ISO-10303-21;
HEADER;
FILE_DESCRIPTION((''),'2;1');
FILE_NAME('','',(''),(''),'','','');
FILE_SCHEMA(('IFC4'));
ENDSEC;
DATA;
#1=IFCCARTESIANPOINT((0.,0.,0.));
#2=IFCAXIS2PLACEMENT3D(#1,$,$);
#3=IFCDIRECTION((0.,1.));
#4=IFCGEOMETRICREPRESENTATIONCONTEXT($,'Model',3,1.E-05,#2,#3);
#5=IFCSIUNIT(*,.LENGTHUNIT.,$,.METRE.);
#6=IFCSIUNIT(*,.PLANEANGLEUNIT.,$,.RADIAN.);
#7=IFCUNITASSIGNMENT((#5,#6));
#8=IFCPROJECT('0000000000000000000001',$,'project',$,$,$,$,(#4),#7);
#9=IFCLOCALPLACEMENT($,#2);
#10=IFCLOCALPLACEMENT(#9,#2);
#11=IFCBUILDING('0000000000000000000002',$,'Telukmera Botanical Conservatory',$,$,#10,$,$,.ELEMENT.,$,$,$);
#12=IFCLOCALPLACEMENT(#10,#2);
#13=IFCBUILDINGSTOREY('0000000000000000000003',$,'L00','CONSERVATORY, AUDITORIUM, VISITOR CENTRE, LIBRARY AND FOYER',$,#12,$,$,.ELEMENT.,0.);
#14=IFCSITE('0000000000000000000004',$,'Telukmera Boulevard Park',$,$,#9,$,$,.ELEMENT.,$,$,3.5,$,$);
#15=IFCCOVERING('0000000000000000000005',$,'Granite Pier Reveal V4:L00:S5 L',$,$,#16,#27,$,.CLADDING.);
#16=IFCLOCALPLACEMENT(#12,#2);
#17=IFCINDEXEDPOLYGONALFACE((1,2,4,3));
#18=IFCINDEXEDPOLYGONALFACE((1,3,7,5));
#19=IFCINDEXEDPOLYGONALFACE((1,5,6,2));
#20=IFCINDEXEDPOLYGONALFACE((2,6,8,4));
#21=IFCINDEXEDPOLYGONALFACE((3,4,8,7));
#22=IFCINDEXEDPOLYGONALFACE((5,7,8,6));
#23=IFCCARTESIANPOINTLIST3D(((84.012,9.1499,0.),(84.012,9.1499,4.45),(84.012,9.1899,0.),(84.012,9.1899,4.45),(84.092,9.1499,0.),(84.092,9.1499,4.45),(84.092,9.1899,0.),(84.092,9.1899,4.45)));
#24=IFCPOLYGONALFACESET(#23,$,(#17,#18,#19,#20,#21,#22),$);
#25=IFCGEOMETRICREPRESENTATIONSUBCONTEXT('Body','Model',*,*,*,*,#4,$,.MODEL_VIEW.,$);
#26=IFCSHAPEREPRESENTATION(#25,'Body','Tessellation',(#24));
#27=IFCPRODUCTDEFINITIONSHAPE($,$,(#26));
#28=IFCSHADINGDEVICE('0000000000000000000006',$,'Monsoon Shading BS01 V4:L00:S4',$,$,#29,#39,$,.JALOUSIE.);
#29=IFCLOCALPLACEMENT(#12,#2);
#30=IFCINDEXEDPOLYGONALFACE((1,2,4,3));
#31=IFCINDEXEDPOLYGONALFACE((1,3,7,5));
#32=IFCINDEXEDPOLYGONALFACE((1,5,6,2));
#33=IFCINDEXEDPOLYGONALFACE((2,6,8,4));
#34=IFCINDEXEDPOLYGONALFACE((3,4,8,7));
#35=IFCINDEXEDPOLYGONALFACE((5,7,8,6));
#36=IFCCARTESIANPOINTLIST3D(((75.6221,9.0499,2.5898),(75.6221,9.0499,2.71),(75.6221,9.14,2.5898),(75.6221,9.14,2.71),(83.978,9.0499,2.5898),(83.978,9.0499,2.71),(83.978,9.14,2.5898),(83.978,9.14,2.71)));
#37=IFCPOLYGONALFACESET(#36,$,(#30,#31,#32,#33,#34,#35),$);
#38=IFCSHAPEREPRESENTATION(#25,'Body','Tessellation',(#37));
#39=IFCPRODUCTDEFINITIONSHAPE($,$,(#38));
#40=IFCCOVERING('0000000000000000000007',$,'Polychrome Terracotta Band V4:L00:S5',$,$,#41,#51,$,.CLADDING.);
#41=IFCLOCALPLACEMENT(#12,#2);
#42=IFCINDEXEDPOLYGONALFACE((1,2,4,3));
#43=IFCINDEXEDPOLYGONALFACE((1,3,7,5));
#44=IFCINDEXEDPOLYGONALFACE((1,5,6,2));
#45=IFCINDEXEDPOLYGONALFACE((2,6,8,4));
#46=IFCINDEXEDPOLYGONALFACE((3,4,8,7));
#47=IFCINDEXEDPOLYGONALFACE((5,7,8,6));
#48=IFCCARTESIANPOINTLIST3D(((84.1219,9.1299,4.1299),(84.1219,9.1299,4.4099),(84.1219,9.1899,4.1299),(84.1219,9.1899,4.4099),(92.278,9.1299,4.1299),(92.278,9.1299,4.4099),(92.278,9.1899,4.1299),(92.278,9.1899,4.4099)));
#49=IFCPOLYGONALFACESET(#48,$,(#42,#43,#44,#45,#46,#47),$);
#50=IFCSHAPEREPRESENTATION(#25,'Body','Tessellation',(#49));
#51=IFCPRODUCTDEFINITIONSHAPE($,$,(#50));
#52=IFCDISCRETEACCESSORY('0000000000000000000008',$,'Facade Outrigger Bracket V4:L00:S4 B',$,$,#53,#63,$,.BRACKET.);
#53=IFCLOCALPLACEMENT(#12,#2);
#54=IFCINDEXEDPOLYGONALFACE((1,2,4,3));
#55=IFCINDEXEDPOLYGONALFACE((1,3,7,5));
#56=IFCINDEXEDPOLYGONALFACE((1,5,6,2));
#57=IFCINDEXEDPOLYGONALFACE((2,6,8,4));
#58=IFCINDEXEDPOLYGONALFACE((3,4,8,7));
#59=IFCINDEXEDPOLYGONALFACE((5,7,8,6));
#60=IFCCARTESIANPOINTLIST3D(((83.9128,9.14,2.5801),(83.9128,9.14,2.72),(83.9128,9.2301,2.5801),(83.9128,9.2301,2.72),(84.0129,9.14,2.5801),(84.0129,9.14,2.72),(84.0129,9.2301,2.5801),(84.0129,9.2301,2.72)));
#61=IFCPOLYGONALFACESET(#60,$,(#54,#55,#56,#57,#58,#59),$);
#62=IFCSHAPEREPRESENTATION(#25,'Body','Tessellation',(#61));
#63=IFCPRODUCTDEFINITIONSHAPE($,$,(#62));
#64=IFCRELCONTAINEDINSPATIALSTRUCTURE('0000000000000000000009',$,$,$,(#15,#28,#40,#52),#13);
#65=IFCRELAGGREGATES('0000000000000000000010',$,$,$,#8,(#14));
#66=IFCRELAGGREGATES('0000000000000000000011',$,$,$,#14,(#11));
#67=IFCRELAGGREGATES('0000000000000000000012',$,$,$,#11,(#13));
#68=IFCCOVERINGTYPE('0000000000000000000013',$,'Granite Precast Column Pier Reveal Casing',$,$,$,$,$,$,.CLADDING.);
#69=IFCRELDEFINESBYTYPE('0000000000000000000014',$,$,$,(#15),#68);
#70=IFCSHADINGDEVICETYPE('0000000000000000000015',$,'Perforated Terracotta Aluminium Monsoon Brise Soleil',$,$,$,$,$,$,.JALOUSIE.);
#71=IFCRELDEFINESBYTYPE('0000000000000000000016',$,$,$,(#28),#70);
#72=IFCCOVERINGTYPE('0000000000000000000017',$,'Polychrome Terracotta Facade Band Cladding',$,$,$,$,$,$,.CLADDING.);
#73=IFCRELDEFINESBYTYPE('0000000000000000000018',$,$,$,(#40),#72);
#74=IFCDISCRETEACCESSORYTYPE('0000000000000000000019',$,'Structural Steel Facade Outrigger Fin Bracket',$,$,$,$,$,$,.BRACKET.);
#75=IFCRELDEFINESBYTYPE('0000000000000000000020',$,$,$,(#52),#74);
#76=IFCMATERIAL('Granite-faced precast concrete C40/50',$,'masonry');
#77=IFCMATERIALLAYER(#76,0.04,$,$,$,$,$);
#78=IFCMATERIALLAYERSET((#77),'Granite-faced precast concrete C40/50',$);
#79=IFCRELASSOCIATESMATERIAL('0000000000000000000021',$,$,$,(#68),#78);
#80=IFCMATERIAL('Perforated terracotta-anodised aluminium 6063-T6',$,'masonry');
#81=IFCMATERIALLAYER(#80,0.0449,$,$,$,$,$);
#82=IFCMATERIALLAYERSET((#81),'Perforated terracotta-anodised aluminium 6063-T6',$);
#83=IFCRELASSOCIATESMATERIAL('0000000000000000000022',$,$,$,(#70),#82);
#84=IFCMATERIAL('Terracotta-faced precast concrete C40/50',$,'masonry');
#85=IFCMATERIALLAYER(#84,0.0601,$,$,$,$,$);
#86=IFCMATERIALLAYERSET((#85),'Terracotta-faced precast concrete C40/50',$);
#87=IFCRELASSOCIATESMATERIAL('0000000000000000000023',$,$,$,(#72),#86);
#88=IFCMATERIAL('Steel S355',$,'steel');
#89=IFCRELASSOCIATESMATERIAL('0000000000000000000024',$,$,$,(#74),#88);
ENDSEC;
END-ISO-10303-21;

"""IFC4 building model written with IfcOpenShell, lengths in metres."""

from ifc_helpers import new_model, si_unit, direction, frame, origin, origin_2d, place, context, subcontext, project, spatial, rectangle, extrude, material, layer, layer_set, type_object, element, save


model = new_model("IFC4")

# Units and contexts
model_context = context("Model", 3, precision=1e-05, world=origin(), true_north=direction((0.0, 1.0)))
body_context = subcontext(model_context, "Body", "Model", "MODEL_VIEW")
ifc_project = project(units=[si_unit("LENGTHUNIT", "METRE"), si_unit("PLANEANGLEUNIT", "RADIAN")], contexts=[model_context])

# Site, building, storey
site_placement = place(None, origin())
site = spatial("IfcSite", under=ifc_project, at=site_placement, Name="Telukmera Boulevard Park", CompositionType="ELEMENT", RefElevation=3.5)
building_placement = place(site_placement, origin())
building = spatial("IfcBuilding", under=site, at=building_placement, Name="Telukmera Botanical Conservatory", CompositionType="ELEMENT")
storey_placement = place(building_placement, origin())
storey = spatial("IfcBuildingStorey", under=building, at=storey_placement, Name="L00", Description="CONSERVATORY, AUDITORIUM, VISITOR CENTRE, LIBRARY AND FOYER", CompositionType="ELEMENT", Elevation=0.0)

# Shared definitions
ifc_material_1 = material(Name="Granite-faced precast concrete C40/50", Category="masonry")

# Covering
ifc_layer_1 = layer(ifc_material_1, 0.04)
ifc_layer_set_1 = layer_set([ifc_layer_1], Name="Granite-faced precast concrete C40/50")
covering_type_1 = type_object("IfcCoveringType", Name="Granite Precast Column Pier Reveal Casing", PredefinedType="CLADDING", material=ifc_layer_set_1)
for number, where, z_axis, x_axis, name in (
    (1, (84.052, 9.1699, 0.0), (0.0, 0.0, 1.0), (1.0, 0.0, 0.0), "Granite Pier Reveal V4:L00:S5 L"),
):
    element("IfcCovering", number, at=place(storey_placement, frame(where, z_axis=z_axis, x_axis=x_axis)), inside=storey, type_object=covering_type_1, Name=name, PredefinedType="CLADDING", context=body_context, shape_type="SweptSolid", body=[
        extrude(rectangle(XDim=0.0801, YDim=0.04, at=origin_2d()), origin(), (0.0, 0.0, 1.0), 4.45),
    ])

# Shading device
ifc_material_2 = material(Name="Perforated terracotta-anodised aluminium 6063-T6", Category="masonry")
ifc_layer_2 = layer(ifc_material_2, 0.0449)
ifc_layer_set_2 = layer_set([ifc_layer_2], Name="Perforated terracotta-anodised aluminium 6063-T6")
shading_device_type = type_object("IfcShadingDeviceType", Name="Perforated Terracotta Aluminium Monsoon Brise Soleil", PredefinedType="JALOUSIE", material=ifc_layer_set_2)
shading_device_placement = place(storey_placement, frame((79.8, 9.095, 2.5898), z_axis=(0.0, 0.0, 1.0), x_axis=(1.0, 0.0, 0.0)))
element("IfcShadingDevice", 2, at=shading_device_placement, inside=storey, type_object=shading_device_type, Name="Monsoon Shading BS01 V4:L00:S4", PredefinedType="JALOUSIE", context=body_context, shape_type="SweptSolid", body=[
    extrude(rectangle(XDim=8.356, YDim=0.0901, at=origin_2d()), origin(), (0.0, 0.0, 1.0), 0.1201),
])

# Covering
ifc_material_3 = material(Name="Terracotta-faced precast concrete C40/50", Category="masonry")
ifc_layer_3 = layer(ifc_material_3, 0.0601)
ifc_layer_set_3 = layer_set([ifc_layer_3], Name="Terracotta-faced precast concrete C40/50")
covering_type_2 = type_object("IfcCoveringType", Name="Polychrome Terracotta Facade Band Cladding", PredefinedType="CLADDING", material=ifc_layer_set_3)
covering_placement = place(storey_placement, frame((88.2, 9.1599, 4.1299), z_axis=(0.0, 0.0, 1.0), x_axis=(1.0, 0.0, 0.0)))
element("IfcCovering", 3, at=covering_placement, inside=storey, type_object=covering_type_2, Name="Polychrome Terracotta Band V4:L00:S5", PredefinedType="CLADDING", context=body_context, shape_type="SweptSolid", body=[
    extrude(rectangle(XDim=8.156, YDim=0.0601, at=origin_2d()), origin(), (0.0, 0.0, 1.0), 0.28),
])

# Discrete accessory
ifc_material_4 = material(Name="Steel S355", Category="steel")
discrete_accessory_type = type_object("IfcDiscreteAccessoryType", Name="Structural Steel Facade Outrigger Fin Bracket", PredefinedType="BRACKET", material=ifc_material_4)
discrete_accessory_placement = place(storey_placement, frame((83.9629, 9.1851, 2.5801), z_axis=(0.0, 0.0, 1.0), x_axis=(1.0, 0.0, 0.0)))
element("IfcDiscreteAccessory", 4, at=discrete_accessory_placement, inside=storey, type_object=discrete_accessory_type, Name="Facade Outrigger Bracket V4:L00:S4 B", PredefinedType="BRACKET", context=body_context, shape_type="SweptSolid", body=[
    extrude(rectangle(XDim=0.1001, YDim=0.0901, at=origin_2d()), origin(), (0.0, 0.0, 1.0), 0.1399),
])

save(model, "model.ifc")
